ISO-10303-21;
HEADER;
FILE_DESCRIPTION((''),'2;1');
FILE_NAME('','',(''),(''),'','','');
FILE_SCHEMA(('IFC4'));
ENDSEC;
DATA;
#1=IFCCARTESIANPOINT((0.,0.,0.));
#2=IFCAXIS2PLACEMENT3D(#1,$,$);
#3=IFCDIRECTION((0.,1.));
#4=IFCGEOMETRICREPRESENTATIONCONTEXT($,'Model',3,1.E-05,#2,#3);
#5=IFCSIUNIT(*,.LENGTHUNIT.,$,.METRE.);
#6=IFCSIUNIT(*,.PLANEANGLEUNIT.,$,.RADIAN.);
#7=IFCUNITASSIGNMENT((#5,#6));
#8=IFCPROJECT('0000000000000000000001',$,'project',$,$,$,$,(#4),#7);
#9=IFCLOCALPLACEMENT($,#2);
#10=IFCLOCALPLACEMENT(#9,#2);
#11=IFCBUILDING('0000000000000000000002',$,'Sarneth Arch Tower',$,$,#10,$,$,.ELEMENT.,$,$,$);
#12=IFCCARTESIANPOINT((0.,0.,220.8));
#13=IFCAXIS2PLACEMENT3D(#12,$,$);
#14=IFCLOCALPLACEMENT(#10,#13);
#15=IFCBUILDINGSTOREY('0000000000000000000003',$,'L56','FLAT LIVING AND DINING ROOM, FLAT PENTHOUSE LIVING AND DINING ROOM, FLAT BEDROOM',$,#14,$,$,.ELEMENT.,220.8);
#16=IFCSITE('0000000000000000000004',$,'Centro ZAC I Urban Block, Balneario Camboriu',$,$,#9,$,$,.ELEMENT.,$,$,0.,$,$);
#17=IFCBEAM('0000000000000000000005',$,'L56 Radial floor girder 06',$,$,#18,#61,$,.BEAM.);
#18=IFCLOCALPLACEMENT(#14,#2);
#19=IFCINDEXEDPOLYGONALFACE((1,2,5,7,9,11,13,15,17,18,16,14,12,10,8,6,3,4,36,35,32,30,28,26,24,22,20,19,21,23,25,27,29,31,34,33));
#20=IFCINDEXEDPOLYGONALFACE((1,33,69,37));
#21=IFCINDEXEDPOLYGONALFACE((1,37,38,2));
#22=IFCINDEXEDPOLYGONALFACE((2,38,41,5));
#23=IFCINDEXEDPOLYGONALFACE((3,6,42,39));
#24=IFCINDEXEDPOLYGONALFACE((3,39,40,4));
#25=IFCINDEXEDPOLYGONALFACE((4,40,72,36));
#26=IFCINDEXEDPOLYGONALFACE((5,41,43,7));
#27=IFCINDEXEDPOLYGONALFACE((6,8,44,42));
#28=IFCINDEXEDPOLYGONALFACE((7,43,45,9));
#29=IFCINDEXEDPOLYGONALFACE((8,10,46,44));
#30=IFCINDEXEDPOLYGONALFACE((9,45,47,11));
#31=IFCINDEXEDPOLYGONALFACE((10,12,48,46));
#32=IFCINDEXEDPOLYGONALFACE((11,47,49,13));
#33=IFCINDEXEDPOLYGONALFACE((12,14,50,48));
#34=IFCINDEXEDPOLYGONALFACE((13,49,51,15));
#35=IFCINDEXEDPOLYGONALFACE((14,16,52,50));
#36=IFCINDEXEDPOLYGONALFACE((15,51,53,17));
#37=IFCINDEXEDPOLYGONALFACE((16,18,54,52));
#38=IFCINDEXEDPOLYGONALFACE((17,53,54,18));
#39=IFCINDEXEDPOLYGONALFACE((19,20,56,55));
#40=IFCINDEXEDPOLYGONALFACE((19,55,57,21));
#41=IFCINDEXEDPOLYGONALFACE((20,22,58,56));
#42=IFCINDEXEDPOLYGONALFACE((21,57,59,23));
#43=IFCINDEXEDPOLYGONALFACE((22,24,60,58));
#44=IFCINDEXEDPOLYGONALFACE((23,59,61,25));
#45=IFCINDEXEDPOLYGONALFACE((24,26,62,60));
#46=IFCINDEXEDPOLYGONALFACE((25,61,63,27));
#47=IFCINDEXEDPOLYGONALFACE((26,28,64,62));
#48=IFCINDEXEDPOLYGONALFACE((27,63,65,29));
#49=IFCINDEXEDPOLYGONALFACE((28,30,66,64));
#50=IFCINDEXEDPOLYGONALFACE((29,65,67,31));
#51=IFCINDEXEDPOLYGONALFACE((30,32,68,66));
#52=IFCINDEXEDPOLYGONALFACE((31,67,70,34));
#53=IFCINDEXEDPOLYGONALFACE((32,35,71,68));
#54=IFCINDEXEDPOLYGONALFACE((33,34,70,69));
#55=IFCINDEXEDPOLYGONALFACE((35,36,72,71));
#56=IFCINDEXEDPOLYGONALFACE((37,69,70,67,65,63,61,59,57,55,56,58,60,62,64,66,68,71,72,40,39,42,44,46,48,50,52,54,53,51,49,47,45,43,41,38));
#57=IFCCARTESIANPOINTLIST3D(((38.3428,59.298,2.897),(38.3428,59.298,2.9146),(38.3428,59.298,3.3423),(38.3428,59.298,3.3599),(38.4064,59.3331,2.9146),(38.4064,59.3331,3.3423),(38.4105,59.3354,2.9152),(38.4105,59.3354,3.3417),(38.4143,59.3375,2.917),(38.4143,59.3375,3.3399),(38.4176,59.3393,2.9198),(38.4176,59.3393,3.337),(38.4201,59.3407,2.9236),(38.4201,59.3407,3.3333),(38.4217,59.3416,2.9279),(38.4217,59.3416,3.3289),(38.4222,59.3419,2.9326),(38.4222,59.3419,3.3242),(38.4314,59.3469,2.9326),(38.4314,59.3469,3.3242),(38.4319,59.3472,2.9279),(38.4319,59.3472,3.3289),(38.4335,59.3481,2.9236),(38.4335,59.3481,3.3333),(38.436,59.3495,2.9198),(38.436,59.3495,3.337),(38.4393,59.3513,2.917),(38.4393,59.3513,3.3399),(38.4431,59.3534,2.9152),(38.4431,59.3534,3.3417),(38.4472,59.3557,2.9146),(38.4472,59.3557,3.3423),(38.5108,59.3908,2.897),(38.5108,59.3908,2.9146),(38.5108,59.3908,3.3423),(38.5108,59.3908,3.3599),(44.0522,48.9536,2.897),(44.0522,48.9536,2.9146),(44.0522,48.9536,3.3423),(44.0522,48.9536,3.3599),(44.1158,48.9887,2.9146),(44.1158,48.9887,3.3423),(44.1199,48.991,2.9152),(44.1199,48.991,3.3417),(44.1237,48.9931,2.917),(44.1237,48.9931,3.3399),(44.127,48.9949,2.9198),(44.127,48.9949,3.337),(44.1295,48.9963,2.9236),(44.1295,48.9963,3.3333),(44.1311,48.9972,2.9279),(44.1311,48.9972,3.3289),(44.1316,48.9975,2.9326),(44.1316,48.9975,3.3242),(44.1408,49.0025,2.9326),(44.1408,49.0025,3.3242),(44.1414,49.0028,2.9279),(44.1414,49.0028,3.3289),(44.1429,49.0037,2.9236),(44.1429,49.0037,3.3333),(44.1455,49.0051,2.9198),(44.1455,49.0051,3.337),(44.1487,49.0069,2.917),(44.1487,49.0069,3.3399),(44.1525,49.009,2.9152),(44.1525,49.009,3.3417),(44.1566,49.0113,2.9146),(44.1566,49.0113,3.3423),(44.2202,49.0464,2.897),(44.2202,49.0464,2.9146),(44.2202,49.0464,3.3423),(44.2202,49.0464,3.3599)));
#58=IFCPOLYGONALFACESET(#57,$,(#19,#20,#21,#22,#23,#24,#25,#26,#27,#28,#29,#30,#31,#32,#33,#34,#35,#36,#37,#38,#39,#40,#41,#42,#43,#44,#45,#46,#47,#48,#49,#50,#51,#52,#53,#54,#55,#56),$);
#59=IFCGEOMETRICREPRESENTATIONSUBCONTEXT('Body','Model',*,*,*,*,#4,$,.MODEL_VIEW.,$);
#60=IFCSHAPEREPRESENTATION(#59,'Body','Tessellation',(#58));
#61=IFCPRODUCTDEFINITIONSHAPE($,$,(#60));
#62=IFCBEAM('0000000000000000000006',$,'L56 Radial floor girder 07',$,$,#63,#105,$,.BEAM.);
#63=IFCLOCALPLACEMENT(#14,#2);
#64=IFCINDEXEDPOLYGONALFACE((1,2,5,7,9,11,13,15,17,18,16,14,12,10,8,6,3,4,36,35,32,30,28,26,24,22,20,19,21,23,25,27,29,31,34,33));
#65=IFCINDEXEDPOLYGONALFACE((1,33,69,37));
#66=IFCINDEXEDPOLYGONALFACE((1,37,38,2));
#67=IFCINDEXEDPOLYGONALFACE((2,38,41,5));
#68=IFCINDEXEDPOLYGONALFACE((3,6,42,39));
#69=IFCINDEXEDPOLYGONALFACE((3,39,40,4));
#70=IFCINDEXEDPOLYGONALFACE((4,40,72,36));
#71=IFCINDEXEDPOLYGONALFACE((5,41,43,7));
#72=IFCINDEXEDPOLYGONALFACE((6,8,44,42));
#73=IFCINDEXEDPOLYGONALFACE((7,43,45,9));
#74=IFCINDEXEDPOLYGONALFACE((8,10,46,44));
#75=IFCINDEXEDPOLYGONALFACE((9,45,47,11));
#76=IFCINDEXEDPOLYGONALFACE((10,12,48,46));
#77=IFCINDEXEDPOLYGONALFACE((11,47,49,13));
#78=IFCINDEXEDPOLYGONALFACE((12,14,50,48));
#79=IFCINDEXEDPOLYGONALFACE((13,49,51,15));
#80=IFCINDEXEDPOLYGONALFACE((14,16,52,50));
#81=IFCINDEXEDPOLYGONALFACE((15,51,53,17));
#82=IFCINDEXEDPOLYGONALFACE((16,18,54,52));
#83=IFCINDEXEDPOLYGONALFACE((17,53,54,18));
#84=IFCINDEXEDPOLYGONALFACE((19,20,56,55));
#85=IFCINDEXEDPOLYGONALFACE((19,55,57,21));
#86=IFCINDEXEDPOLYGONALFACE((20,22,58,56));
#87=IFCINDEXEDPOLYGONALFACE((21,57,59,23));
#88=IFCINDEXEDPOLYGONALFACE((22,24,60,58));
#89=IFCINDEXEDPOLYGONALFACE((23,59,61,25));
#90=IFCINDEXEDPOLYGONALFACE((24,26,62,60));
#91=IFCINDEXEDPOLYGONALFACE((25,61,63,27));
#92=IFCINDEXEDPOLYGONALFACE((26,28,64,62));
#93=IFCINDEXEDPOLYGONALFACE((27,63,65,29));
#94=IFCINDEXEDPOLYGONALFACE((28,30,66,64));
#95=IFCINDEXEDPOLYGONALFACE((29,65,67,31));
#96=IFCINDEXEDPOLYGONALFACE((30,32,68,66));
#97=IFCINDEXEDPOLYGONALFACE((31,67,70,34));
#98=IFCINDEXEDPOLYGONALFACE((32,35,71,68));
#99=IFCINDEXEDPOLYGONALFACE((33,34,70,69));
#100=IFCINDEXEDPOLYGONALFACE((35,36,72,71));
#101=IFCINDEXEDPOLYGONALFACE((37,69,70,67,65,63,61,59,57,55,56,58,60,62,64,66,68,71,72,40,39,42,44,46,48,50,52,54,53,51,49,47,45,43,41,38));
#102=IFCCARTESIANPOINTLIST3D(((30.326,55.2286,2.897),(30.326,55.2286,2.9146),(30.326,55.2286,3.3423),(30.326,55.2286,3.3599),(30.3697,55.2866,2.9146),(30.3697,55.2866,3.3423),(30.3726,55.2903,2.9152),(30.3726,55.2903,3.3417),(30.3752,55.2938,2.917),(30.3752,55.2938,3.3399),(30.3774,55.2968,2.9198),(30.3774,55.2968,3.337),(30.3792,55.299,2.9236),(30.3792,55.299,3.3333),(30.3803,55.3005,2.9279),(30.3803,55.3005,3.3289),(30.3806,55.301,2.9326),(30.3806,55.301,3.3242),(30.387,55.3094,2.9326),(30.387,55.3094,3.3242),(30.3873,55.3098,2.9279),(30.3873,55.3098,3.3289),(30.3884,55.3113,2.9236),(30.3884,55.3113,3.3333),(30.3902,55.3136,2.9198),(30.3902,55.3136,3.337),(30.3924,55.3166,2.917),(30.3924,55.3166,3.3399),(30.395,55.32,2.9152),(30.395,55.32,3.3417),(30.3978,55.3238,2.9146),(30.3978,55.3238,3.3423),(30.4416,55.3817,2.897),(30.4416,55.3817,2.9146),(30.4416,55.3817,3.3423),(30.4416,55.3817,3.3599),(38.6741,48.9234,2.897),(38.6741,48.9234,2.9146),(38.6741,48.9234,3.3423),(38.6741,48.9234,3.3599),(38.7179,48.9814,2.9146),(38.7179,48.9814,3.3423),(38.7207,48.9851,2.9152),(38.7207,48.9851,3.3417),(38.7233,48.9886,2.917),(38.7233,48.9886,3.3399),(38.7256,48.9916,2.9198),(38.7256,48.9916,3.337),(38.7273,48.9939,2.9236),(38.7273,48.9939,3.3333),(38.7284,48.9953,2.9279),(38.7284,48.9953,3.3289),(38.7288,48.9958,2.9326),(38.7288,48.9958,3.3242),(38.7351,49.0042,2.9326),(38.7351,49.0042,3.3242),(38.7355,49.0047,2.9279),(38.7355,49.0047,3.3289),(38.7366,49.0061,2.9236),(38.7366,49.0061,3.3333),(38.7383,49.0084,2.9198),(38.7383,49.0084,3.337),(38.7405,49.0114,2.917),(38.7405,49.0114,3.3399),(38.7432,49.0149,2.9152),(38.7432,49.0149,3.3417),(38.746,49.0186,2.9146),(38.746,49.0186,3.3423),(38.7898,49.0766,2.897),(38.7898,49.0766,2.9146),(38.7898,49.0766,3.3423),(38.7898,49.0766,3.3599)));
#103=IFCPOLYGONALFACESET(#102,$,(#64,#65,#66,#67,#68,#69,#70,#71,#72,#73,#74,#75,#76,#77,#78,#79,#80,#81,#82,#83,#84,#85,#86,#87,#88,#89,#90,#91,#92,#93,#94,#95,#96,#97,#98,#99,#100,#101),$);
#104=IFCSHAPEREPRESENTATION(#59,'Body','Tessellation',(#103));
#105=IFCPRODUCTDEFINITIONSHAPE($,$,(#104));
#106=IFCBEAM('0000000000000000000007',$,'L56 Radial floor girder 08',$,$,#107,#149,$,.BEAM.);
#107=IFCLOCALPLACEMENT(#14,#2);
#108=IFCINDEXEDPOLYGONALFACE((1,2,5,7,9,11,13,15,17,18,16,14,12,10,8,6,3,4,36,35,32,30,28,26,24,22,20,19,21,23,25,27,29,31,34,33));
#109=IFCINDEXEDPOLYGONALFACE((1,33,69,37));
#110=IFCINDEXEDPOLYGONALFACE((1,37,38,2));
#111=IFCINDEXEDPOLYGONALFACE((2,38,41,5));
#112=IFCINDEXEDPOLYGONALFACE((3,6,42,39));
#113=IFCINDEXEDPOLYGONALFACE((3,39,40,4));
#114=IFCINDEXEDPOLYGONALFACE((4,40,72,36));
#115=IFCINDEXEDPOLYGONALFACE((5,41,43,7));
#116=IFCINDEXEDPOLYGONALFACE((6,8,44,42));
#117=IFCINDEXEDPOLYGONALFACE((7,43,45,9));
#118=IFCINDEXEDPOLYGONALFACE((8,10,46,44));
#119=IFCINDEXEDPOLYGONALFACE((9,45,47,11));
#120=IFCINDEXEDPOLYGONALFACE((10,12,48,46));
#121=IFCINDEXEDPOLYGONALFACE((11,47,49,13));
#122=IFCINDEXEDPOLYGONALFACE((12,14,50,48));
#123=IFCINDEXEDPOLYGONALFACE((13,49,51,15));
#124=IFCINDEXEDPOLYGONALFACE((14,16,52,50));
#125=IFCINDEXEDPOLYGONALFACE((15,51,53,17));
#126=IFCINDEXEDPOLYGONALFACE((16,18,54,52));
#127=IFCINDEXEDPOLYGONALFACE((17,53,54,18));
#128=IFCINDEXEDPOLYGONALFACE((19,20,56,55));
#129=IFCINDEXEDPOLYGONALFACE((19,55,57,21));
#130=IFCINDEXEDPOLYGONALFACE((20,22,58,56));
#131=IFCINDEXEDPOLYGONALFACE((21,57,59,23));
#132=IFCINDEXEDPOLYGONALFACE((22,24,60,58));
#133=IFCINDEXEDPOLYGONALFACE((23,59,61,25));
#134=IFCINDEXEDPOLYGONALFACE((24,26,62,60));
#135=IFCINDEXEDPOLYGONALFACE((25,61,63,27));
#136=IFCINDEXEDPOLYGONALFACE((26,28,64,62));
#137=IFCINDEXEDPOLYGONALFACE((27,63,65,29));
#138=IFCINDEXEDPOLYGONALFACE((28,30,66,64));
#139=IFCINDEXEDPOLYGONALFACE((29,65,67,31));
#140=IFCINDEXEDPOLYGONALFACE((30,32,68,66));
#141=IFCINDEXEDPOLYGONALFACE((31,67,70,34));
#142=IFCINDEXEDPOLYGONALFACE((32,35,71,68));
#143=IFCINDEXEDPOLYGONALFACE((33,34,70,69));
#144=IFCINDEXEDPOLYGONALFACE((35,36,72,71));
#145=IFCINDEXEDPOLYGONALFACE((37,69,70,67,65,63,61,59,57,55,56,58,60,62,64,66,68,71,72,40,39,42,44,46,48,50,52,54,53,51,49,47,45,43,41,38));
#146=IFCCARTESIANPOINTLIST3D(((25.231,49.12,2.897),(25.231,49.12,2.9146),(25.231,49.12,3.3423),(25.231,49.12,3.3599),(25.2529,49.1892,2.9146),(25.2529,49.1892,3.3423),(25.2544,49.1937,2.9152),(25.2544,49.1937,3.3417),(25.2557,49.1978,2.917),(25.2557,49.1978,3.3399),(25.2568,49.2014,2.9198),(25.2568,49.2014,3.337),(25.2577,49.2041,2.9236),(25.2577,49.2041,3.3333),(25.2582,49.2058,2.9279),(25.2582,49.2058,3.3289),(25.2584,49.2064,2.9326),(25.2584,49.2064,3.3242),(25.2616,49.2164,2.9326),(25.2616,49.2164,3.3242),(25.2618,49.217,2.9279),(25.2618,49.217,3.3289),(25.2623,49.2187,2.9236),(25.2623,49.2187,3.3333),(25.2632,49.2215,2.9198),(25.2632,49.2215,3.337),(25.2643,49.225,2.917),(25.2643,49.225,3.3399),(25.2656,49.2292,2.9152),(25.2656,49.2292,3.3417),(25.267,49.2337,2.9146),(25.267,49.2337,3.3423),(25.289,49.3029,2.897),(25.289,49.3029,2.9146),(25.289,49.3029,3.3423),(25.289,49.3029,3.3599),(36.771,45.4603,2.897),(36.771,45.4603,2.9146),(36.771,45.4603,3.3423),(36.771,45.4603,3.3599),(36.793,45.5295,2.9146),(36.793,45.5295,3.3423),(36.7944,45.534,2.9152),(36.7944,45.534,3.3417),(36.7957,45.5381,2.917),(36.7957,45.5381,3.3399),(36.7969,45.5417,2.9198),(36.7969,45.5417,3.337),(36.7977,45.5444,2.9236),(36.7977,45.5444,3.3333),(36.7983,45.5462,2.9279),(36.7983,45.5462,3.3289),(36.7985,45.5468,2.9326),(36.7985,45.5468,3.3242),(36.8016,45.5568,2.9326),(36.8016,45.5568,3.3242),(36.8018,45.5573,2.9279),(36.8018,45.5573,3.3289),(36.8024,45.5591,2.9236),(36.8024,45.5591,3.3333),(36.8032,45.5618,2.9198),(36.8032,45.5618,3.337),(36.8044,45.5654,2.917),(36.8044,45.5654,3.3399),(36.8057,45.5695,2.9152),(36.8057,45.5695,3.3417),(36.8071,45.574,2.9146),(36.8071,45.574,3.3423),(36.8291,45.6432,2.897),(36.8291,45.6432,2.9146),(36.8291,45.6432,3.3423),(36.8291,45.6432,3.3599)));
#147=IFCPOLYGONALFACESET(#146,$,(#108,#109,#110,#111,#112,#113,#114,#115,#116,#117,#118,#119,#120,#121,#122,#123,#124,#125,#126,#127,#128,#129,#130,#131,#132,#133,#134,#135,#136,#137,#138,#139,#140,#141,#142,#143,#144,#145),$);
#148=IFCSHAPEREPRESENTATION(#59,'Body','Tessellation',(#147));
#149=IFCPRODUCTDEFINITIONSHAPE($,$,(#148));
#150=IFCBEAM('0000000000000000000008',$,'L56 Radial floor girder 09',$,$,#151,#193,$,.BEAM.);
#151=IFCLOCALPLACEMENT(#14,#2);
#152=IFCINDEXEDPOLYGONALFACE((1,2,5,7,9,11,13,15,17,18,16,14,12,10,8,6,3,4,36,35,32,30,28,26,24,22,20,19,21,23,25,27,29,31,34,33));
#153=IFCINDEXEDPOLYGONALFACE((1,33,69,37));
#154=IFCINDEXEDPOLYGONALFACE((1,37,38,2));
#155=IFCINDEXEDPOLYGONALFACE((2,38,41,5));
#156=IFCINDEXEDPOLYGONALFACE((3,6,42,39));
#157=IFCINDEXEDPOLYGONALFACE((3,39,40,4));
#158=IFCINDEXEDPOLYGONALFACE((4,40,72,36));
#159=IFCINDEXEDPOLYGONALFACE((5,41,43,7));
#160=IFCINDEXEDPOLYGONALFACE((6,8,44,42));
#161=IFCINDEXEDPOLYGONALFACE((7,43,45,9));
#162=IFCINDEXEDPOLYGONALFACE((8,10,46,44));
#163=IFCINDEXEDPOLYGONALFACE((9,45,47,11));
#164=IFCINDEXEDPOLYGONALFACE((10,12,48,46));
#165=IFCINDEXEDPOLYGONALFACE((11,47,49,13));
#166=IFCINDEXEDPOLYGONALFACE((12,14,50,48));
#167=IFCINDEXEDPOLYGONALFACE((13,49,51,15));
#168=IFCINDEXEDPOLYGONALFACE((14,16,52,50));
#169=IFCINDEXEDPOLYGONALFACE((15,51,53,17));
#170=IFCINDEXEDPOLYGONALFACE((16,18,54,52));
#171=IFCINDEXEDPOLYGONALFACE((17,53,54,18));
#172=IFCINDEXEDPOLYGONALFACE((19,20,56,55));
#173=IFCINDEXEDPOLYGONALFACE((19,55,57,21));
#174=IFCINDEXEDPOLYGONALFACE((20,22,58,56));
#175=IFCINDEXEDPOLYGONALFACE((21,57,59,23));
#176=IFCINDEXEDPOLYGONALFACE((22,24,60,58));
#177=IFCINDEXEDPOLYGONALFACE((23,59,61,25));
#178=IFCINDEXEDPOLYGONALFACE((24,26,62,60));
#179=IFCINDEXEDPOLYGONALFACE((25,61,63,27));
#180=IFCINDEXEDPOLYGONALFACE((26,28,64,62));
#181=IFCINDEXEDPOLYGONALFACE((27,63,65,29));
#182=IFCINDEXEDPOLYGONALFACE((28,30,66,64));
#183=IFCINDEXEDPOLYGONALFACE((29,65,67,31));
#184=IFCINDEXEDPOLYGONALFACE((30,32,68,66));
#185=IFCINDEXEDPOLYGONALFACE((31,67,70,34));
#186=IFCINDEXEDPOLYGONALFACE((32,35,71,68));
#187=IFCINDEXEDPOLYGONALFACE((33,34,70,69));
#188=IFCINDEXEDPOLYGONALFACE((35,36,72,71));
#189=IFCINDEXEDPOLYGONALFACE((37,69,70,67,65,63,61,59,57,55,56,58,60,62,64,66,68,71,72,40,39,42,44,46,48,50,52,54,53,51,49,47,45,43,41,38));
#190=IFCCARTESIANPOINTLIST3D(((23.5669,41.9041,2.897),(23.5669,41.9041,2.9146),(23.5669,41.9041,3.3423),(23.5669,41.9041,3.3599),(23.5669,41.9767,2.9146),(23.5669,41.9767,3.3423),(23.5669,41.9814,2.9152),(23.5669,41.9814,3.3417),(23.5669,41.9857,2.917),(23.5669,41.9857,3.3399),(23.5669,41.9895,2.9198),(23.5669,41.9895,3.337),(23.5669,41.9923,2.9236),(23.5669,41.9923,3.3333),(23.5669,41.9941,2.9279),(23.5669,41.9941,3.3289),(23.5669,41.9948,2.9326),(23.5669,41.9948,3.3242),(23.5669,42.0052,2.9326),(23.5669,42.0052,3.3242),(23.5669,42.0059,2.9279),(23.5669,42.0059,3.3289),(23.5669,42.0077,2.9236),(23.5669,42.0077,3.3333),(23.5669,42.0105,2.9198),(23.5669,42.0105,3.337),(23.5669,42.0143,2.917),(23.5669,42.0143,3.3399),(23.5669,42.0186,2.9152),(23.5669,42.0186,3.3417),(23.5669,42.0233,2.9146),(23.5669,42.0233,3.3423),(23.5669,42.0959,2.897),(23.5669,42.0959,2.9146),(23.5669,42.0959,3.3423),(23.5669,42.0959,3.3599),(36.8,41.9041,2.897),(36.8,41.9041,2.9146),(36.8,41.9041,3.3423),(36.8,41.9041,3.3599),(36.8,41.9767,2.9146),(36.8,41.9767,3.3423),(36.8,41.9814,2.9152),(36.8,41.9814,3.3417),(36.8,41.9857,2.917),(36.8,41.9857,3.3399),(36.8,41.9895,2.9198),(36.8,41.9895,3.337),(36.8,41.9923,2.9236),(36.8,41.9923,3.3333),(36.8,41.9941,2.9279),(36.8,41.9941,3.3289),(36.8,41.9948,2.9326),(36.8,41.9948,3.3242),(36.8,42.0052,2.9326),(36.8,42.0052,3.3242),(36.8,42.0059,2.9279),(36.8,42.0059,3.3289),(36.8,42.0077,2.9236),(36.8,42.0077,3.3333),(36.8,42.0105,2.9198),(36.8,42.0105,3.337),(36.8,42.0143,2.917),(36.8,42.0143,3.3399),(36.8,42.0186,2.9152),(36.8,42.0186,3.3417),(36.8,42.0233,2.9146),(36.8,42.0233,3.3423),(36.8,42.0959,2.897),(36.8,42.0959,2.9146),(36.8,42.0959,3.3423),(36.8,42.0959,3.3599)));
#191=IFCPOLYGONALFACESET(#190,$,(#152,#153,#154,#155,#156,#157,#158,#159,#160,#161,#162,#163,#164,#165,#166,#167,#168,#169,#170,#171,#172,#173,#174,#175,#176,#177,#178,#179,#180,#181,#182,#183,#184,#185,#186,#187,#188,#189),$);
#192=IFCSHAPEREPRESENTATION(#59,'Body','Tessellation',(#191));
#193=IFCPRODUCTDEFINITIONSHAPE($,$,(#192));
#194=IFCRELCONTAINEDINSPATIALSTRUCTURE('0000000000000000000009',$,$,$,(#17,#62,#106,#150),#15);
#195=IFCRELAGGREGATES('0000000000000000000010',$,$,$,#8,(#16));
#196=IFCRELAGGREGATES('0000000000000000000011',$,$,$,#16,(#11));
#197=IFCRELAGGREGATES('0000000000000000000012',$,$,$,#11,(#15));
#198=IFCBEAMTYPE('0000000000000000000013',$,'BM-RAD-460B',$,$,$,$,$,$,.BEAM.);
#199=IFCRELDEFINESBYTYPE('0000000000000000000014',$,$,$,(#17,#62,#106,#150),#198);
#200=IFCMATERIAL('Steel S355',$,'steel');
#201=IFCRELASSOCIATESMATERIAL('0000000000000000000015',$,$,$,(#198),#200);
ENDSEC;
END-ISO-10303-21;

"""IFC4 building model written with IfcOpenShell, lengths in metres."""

from ifc_helpers import new_model, si_unit, direction, frame, origin, origin_2d, place, context, subcontext, project, spatial, i_section, extrude, material, material_profile, profile_set, type_object, element, save


model = new_model("IFC4")

# Units and contexts
model_context = context("Model", 3, precision=1e-05, world=origin(), true_north=direction((0.0, 1.0)))
body_context = subcontext(model_context, "Body", "Model", "MODEL_VIEW")
ifc_project = project(units=[si_unit("LENGTHUNIT", "METRE"), si_unit("PLANEANGLEUNIT", "RADIAN")], contexts=[model_context])

# Site, building, storey
site_placement = place(None, origin())
site = spatial("IfcSite", under=ifc_project, at=site_placement, Name="Centro ZAC I Urban Block, Balneario Camboriu", CompositionType="ELEMENT", RefElevation=0.0)
building_placement = place(site_placement, origin())
building = spatial("IfcBuilding", under=site, at=building_placement, Name="Sarneth Arch Tower", CompositionType="ELEMENT")
storey_placement = place(building_placement, frame((0.0, 0.0, 220.8)))
storey = spatial("IfcBuildingStorey", under=building, at=storey_placement, Name="L56", Description="FLAT LIVING AND DINING ROOM, FLAT PENTHOUSE LIVING AND DINING ROOM, FLAT BEDROOM", CompositionType="ELEMENT", Elevation=220.8)

# Beams
ifc_material_1 = material(Name="Steel S355", Category="steel")
ifc_material_profile = material_profile(ifc_material_1, i_section(OverallWidth=0.1919, OverallDepth=0.4629, WebThickness=0.0105, FlangeThickness=0.0176, FilletRadius=0.0181, at=origin_2d()), Name="W460x89")
ifc_profile_set = profile_set([ifc_material_profile], Name="Steel S355")
beam_type = type_object("IfcBeamType", Name="BM-RAD-460B", PredefinedType="BEAM", material=ifc_profile_set)
beam_1_placement = place(storey_placement, frame((44.1362, 49.0, 3.1284), z_axis=(-0.483218, 0.8755, 0.0), x_axis=(-0.8755, -0.483218, 0.0)))
element("IfcBeam", 1, at=beam_1_placement, inside=storey, type_object=beam_type, Name="L56 Radial floor girder 06", PredefinedType="BEAM", context=body_context, shape_type="SweptSolid", body=[
    extrude(i_section(OverallWidth=0.1919, OverallDepth=0.4629, WebThickness=0.0105, FlangeThickness=0.0176, FilletRadius=0.0181, at=origin_2d()), origin(), (0.0, 0.0, 1.0), 11.8154),
])
beam_2_placement = place(storey_placement, frame((38.7319, 49.0, 3.1284), z_axis=(-0.797974, 0.602692, 0.0), x_axis=(-0.602692, -0.797974, 0.0)))
element("IfcBeam", 2, at=beam_2_placement, inside=storey, type_object=beam_type, Name="L56 Radial floor girder 07", PredefinedType="BEAM", context=body_context, shape_type="SweptSolid", body=[
    extrude(i_section(OverallWidth=0.1919, OverallDepth=0.4629, WebThickness=0.0105, FlangeThickness=0.0176, FilletRadius=0.0181, at=origin_2d()), origin(), (0.0, 0.0, 1.0), 10.4617),
])
beam_3_placement = place(storey_placement, frame((36.8, 45.5518, 3.1284), z_axis=(-0.953216, 0.302291, 0.0), x_axis=(-0.302291, -0.953216, 0.0)))
element("IfcBeam", 3, at=beam_3_placement, inside=storey, type_object=beam_type, Name="L56 Radial floor girder 08", PredefinedType="BEAM", context=body_context, shape_type="SweptSolid", body=[
    extrude(i_section(OverallWidth=0.1919, OverallDepth=0.4629, WebThickness=0.0105, FlangeThickness=0.0176, FilletRadius=0.0181, at=origin_2d()), origin(), (0.0, 0.0, 1.0), 12.1064),
])
beam_4_placement = place(storey_placement, frame((36.8, 42.0, 3.1284), z_axis=(-1.0, 0.0, 0.0), x_axis=(0.0, -1.0, 0.0)))
element("IfcBeam", 4, at=beam_4_placement, inside=storey, type_object=beam_type, Name="L56 Radial floor girder 09", PredefinedType="BEAM", context=body_context, shape_type="SweptSolid", body=[
    extrude(i_section(OverallWidth=0.1919, OverallDepth=0.4629, WebThickness=0.0105, FlangeThickness=0.0176, FilletRadius=0.0181, at=origin_2d()), origin(), (0.0, 0.0, 1.0), 13.2332),
])

save(model, "model.ifc")
